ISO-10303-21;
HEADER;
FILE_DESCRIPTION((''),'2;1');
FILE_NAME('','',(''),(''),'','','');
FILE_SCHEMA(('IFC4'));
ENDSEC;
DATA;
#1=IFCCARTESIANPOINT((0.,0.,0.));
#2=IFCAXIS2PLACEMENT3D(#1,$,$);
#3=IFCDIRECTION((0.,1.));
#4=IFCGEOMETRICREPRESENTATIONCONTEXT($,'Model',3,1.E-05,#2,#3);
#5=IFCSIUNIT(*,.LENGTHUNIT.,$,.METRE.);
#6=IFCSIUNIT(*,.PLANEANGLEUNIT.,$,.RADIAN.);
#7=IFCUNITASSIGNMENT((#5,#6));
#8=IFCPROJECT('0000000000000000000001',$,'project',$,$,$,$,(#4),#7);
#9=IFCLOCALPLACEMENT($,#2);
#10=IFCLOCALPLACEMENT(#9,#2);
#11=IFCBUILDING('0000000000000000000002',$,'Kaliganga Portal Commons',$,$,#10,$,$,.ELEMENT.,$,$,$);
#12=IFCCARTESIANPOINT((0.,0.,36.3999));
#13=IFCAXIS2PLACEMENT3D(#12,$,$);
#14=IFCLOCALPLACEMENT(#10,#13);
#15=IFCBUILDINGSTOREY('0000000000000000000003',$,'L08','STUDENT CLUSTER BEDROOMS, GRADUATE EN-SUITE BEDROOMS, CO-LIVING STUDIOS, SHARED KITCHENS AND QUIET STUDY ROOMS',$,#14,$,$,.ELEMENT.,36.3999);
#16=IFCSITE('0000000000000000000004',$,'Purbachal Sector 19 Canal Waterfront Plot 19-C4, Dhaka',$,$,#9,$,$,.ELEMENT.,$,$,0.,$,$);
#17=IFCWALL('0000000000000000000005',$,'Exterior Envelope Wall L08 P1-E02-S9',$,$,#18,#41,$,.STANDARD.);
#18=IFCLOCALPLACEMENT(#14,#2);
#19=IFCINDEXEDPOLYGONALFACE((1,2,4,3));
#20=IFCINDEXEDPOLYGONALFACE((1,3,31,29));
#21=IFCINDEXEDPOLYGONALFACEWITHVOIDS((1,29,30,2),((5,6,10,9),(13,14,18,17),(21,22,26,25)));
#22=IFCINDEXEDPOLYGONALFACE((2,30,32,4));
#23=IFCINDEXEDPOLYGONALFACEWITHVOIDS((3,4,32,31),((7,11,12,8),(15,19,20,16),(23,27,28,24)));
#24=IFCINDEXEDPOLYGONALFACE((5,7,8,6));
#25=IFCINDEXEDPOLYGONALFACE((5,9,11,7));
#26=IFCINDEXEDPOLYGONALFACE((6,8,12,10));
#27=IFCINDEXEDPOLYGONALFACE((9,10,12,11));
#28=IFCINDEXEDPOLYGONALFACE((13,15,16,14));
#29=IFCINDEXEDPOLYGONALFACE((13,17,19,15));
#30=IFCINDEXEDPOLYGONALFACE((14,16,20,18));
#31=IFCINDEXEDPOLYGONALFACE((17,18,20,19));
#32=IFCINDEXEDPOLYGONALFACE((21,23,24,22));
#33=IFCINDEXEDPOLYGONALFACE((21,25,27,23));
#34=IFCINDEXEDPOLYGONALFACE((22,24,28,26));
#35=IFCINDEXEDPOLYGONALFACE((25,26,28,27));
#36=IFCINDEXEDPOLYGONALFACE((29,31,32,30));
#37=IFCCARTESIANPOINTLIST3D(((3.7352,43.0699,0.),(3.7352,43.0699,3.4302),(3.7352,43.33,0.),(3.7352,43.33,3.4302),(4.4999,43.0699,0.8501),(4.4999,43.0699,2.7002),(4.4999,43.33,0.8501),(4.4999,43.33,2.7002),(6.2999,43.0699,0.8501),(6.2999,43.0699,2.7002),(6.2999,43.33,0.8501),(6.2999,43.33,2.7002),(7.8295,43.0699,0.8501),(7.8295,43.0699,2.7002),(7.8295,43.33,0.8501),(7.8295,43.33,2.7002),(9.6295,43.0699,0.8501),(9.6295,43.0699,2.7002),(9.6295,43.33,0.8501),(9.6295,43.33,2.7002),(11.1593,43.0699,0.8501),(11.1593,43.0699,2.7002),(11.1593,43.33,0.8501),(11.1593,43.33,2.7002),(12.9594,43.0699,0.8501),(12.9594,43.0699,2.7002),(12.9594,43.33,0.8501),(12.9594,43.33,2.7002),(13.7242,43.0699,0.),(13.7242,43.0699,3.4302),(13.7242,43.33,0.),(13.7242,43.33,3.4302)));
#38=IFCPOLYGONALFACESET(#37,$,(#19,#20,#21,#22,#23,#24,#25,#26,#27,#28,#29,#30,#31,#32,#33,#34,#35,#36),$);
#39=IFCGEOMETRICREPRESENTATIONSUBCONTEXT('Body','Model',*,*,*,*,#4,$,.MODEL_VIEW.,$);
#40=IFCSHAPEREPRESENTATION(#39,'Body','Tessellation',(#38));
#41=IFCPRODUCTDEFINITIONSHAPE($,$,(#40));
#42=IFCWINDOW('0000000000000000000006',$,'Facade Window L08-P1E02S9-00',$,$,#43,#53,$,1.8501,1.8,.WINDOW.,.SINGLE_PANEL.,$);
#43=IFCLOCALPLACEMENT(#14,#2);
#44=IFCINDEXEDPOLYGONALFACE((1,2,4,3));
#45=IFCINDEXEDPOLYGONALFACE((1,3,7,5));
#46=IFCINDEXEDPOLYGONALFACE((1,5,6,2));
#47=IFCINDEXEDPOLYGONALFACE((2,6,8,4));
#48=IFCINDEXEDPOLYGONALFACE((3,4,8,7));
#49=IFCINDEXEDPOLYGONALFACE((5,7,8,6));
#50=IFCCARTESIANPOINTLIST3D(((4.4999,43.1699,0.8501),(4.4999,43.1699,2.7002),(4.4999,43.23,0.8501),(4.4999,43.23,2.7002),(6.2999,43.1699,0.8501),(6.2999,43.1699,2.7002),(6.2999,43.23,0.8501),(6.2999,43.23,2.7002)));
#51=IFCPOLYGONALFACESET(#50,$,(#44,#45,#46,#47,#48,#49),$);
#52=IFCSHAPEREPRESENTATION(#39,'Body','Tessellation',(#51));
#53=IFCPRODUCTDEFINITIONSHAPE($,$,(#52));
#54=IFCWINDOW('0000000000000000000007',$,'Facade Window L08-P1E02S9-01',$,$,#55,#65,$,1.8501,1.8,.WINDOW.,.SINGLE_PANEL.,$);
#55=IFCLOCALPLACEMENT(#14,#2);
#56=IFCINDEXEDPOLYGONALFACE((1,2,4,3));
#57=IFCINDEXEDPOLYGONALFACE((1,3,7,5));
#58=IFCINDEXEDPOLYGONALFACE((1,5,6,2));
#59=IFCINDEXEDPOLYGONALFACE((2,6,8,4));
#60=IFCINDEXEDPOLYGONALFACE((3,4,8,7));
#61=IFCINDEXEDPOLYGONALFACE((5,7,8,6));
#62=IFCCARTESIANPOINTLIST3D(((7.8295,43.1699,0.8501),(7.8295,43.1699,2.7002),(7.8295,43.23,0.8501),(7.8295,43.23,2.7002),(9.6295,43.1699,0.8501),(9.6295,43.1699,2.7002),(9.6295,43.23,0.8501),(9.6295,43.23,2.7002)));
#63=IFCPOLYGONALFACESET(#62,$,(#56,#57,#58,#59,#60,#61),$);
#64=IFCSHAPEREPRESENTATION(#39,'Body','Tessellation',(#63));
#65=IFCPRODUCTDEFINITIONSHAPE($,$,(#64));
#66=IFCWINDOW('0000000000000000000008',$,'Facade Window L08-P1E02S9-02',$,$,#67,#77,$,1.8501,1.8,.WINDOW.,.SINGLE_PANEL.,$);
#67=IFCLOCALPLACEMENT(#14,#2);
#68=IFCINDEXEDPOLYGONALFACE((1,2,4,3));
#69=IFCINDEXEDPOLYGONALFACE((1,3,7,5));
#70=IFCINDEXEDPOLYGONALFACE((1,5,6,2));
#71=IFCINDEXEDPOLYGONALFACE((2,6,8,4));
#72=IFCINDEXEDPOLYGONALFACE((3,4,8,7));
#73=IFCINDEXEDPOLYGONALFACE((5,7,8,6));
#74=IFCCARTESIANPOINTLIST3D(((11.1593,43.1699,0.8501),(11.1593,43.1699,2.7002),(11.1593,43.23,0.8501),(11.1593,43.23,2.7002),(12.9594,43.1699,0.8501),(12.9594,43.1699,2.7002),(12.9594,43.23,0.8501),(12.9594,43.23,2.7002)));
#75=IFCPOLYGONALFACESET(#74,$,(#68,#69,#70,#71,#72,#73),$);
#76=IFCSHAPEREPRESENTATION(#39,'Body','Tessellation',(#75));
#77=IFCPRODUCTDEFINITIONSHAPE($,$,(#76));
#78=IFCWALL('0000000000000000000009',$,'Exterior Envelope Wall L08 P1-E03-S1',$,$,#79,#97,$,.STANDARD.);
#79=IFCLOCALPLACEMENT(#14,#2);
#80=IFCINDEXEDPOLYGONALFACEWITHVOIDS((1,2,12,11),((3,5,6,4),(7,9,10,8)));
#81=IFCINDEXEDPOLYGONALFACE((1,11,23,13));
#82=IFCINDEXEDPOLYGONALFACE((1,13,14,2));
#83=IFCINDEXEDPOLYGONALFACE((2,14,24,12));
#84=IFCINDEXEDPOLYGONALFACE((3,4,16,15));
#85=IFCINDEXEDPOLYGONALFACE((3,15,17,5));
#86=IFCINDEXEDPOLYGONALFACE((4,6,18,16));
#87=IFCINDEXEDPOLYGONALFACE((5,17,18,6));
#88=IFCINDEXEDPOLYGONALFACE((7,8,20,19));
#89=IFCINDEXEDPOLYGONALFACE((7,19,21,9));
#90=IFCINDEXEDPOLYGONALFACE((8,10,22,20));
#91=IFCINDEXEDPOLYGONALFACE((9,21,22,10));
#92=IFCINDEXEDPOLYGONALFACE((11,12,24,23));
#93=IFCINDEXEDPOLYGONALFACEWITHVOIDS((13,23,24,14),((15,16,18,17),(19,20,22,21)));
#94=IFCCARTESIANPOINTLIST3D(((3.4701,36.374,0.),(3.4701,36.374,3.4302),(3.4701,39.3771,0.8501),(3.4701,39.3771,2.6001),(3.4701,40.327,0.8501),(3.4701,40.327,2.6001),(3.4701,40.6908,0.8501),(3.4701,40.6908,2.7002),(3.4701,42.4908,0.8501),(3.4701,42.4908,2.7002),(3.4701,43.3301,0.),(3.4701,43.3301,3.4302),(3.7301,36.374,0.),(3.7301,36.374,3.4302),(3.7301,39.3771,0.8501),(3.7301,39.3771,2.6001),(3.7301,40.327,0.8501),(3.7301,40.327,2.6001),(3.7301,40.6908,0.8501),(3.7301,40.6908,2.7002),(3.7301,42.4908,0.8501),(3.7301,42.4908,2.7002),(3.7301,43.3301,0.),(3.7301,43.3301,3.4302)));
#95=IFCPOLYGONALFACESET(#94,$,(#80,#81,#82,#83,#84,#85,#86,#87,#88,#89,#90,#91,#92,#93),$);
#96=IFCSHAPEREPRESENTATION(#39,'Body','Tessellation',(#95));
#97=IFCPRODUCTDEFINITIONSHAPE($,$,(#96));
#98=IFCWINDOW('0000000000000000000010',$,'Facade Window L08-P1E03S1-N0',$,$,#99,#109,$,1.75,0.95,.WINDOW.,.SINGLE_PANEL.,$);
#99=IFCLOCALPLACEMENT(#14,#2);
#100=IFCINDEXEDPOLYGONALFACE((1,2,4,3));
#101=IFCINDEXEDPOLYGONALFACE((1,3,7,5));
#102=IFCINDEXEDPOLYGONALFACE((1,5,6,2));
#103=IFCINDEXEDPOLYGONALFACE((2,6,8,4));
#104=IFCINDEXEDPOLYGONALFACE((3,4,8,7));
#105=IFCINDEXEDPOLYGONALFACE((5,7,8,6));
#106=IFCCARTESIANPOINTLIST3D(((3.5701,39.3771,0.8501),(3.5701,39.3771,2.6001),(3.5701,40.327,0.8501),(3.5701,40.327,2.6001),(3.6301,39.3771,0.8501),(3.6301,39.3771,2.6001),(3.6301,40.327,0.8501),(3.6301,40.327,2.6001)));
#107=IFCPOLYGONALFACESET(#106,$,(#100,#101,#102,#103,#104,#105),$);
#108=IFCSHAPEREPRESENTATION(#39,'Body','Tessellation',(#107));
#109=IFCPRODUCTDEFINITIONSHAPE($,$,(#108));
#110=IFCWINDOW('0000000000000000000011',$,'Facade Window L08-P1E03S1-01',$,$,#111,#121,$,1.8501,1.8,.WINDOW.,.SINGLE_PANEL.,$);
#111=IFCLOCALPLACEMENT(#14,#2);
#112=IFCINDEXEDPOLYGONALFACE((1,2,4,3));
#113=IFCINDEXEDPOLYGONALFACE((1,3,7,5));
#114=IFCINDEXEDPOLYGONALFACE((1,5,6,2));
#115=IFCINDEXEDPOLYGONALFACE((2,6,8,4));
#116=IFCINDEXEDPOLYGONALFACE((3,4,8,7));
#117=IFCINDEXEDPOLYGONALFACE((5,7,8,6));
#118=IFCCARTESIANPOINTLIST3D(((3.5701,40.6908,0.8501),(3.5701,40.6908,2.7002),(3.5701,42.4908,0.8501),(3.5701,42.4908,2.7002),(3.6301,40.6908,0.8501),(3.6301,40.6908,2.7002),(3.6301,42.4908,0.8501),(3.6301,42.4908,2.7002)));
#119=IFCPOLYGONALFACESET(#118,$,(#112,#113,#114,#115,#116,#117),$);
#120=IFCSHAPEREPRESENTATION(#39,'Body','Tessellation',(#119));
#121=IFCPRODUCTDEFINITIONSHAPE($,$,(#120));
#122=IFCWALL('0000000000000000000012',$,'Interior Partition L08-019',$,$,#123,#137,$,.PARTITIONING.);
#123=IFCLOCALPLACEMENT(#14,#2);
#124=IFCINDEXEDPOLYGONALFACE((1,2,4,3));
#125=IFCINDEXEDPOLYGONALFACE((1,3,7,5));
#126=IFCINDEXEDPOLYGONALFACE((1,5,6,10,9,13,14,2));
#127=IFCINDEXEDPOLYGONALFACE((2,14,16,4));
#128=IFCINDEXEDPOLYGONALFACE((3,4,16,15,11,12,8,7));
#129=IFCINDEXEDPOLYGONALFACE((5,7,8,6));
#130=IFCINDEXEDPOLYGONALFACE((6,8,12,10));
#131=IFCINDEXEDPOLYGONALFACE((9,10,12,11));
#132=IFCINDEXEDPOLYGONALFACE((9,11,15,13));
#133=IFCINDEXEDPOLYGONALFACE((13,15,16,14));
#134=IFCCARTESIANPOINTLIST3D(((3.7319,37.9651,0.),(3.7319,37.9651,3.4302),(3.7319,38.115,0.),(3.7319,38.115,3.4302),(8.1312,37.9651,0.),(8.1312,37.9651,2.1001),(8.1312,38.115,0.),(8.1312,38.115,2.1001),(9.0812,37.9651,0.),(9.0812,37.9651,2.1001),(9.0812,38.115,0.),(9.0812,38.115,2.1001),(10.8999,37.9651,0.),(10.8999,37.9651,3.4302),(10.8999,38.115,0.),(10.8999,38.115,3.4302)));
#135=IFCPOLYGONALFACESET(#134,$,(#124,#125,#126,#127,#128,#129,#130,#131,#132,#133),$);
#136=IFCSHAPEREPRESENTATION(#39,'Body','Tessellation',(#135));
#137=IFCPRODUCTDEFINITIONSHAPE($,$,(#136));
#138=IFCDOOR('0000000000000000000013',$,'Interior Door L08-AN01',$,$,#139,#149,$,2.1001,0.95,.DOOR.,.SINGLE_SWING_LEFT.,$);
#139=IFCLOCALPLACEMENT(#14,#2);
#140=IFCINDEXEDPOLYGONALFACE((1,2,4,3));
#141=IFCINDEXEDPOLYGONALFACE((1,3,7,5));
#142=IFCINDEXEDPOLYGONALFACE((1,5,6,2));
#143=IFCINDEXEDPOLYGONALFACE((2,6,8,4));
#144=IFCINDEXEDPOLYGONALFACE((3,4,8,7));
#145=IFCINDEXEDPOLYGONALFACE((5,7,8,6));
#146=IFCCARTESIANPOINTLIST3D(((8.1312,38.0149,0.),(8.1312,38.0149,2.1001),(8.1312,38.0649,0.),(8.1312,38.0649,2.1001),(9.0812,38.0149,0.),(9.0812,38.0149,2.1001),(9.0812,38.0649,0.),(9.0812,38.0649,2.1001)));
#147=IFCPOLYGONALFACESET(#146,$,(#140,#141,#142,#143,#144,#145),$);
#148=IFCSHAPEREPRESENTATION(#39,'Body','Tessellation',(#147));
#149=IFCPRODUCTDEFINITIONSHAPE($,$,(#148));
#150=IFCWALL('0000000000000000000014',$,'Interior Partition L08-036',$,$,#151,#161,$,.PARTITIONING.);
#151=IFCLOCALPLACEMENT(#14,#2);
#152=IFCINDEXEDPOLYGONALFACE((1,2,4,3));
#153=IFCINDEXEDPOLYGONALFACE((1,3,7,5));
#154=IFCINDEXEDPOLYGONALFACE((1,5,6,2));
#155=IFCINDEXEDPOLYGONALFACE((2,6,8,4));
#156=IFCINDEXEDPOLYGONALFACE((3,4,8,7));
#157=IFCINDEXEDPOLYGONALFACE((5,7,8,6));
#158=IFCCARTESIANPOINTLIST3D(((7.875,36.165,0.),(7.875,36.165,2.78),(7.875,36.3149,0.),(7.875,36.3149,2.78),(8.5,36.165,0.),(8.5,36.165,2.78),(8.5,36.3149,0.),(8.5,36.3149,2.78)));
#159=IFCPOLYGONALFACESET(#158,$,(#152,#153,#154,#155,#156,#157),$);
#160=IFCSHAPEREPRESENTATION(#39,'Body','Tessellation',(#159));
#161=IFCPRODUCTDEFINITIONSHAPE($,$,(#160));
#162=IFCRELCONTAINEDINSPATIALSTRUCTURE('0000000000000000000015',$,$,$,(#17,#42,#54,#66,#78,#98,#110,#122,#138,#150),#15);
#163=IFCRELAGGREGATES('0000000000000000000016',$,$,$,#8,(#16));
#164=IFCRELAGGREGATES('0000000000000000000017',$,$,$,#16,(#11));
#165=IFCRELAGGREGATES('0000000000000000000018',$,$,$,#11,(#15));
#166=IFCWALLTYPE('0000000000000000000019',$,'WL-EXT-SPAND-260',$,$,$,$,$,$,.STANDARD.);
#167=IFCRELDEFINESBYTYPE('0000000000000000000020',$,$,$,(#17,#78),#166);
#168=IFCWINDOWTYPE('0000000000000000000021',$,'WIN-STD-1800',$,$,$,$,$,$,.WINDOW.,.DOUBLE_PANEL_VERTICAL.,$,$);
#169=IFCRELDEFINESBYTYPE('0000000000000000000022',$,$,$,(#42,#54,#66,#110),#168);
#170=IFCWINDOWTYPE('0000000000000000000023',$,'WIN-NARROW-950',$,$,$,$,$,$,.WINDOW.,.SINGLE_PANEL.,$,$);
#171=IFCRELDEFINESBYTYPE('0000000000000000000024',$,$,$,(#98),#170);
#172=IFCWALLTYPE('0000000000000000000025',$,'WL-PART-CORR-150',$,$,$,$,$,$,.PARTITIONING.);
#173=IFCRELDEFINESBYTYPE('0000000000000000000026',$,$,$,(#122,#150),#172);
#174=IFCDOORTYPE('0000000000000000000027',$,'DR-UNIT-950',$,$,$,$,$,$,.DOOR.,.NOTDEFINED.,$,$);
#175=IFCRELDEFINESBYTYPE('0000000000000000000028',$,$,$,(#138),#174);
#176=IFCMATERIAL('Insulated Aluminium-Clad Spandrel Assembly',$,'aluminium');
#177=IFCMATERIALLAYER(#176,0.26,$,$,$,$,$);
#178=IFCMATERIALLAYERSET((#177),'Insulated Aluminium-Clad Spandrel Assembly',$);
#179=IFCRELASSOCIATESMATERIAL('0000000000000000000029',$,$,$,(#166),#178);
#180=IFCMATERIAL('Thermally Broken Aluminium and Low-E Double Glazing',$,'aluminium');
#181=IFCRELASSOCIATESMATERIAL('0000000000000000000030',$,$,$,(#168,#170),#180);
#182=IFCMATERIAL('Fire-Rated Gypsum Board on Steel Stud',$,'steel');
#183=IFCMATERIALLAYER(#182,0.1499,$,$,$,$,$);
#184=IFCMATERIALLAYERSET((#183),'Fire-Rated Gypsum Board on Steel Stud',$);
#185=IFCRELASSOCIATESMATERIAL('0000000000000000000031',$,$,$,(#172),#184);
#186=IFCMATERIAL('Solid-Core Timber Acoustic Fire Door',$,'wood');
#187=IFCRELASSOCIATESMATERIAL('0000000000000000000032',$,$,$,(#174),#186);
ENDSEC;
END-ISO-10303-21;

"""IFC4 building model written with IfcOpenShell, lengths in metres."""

from ifc_helpers import new_model, si_unit, direction, frame, frame_2d, origin, place, context, subcontext, project, spatial, rectangle, extrude, material, layer, layer_set, type_object, element, fill, save


model = new_model("IFC4")

# Units and contexts
model_context = context("Model", 3, precision=1e-05, world=origin(), true_north=direction((0.0, 1.0)))
body_context = subcontext(model_context, "Body", "Model", "MODEL_VIEW")
ifc_project = project(units=[si_unit("LENGTHUNIT", "METRE"), si_unit("PLANEANGLEUNIT", "RADIAN")], contexts=[model_context])

# Site, building, storey
site_placement = place(None, origin())
site = spatial("IfcSite", under=ifc_project, at=site_placement, Name="Purbachal Sector 19 Canal Waterfront Plot 19-C4, Dhaka", CompositionType="ELEMENT", RefElevation=0.0)
building_placement = place(site_placement, origin())
building = spatial("IfcBuilding", under=site, at=building_placement, Name="Kaliganga Portal Commons", CompositionType="ELEMENT")
storey_placement = place(building_placement, frame((0.0, 0.0, 36.3999)))
storey = spatial("IfcBuildingStorey", under=building, at=storey_placement, Name="L08", Description="STUDENT CLUSTER BEDROOMS, GRADUATE EN-SUITE BEDROOMS, CO-LIVING STUDIOS, SHARED KITCHENS AND QUIET STUDY ROOMS", CompositionType="ELEMENT", Elevation=36.3999)

# Walls, openings, windows
ifc_material_1 = material(Name="Insulated Aluminium-Clad Spandrel Assembly", Category="aluminium")
ifc_layer_1 = layer(ifc_material_1, 0.26)
ifc_layer_set_1 = layer_set([ifc_layer_1], Name="Insulated Aluminium-Clad Spandrel Assembly")
wall_type_1 = type_object("IfcWallType", Name="WL-EXT-SPAND-260", PredefinedType="STANDARD", material=ifc_layer_set_1)
wall_1_placement = place(storey_placement, frame((3.7351, 43.2, 0.0), z_axis=(0.0, 0.0, 1.0), x_axis=(1.0, 0.0, 0.0)))
wall_1 = element("IfcWall", 1, at=wall_1_placement, inside=storey, type_object=wall_type_1, Name="Exterior Envelope Wall L08 P1-E02-S9", PredefinedType="STANDARD", context=body_context, shape_type="SweptSolid", body=[
    extrude(rectangle(XDim=9.989, YDim=0.26, at=frame_2d((4.9946, 0.0))), origin(), (0.0, 0.0, 1.0), 3.4302),
])
opening_1_placement = place(wall_1_placement, frame((0.7649, 0.0, 0.8501)))
opening_1 = element("IfcOpeningElement", 2, at=opening_1_placement, cuts=wall_1, PredefinedType="OPENING", context=body_context, shape_type="SweptSolid", body=[
    extrude(rectangle(XDim=1.8, YDim=1.8501, at=frame_2d((0.8999, 0.925))), frame((0.0, 0.1401, 0.0), z_axis=(0.0, -1.0, 0.0), x_axis=(1.0, 0.0, 0.0)), (0.0, 0.0, 1.0), 0.28),
])
opening_2_placement = place(wall_1_placement, frame((4.0945, 0.0, 0.8501)))
opening_2 = element("IfcOpeningElement", 3, at=opening_2_placement, cuts=wall_1, PredefinedType="OPENING", context=body_context, shape_type="SweptSolid", body=[
    extrude(rectangle(XDim=1.8, YDim=1.8501, at=frame_2d((0.8999, 0.925))), frame((0.0, 0.1401, 0.0), z_axis=(0.0, -1.0, 0.0), x_axis=(1.0, 0.0, 0.0)), (0.0, 0.0, 1.0), 0.28),
])
opening_3_placement = place(wall_1_placement, frame((7.4243, 0.0, 0.8501)))
opening_3 = element("IfcOpeningElement", 4, at=opening_3_placement, cuts=wall_1, PredefinedType="OPENING", context=body_context, shape_type="SweptSolid", body=[
    extrude(rectangle(XDim=1.8, YDim=1.8501, at=frame_2d((0.8999, 0.925))), frame((0.0, 0.1401, 0.0), z_axis=(0.0, -1.0, 0.0), x_axis=(1.0, 0.0, 0.0)), (0.0, 0.0, 1.0), 0.28),
])
ifc_material_2 = material(Name="Thermally Broken Aluminium and Low-E Double Glazing", Category="aluminium")
window_type_1 = type_object("IfcWindowType", Name="WIN-STD-1800", PartitioningType="DOUBLE_PANEL_VERTICAL", PredefinedType="WINDOW", material=ifc_material_2)
window_1_placement = place(opening_1_placement, origin())
window_1 = element("IfcWindow", 5, at=window_1_placement, inside=storey, type_object=window_type_1, Name="Facade Window L08-P1E02S9-00", OverallHeight=1.8501, OverallWidth=1.8, PartitioningType="SINGLE_PANEL", PredefinedType="WINDOW", context=body_context, shape_type="SweptSolid", body=[
    extrude(rectangle(XDim=1.8, YDim=1.8501, at=frame_2d((0.8999, 0.925))), frame((0.0, 0.03, 0.0), z_axis=(0.0, -1.0, 0.0), x_axis=(1.0, 0.0, 0.0)), (0.0, 0.0, 1.0), 0.0601),
])
fill(opening_1, window_1)
window_2_placement = place(opening_2_placement, origin())
window_2 = element("IfcWindow", 6, at=window_2_placement, inside=storey, type_object=window_type_1, Name="Facade Window L08-P1E02S9-01", OverallHeight=1.8501, OverallWidth=1.8, PartitioningType="SINGLE_PANEL", PredefinedType="WINDOW", context=body_context, shape_type="SweptSolid", body=[
    extrude(rectangle(XDim=1.8, YDim=1.8501, at=frame_2d((0.8999, 0.925))), frame((0.0, 0.03, 0.0), z_axis=(0.0, -1.0, 0.0), x_axis=(1.0, 0.0, 0.0)), (0.0, 0.0, 1.0), 0.0601),
])
fill(opening_2, window_2)
window_3_placement = place(opening_3_placement, origin())
window_3 = element("IfcWindow", 7, at=window_3_placement, inside=storey, type_object=window_type_1, Name="Facade Window L08-P1E02S9-02", OverallHeight=1.8501, OverallWidth=1.8, PartitioningType="SINGLE_PANEL", PredefinedType="WINDOW", context=body_context, shape_type="SweptSolid", body=[
    extrude(rectangle(XDim=1.8, YDim=1.8501, at=frame_2d((0.8999, 0.925))), frame((0.0, 0.03, 0.0), z_axis=(0.0, -1.0, 0.0), x_axis=(1.0, 0.0, 0.0)), (0.0, 0.0, 1.0), 0.0601),
])
fill(opening_3, window_3)
wall_2_placement = place(storey_placement, frame((3.6001, 36.374, 0.0), z_axis=(0.0, 0.0, 1.0), x_axis=(0.0, 1.0, 0.0)))
wall_2 = element("IfcWall", 8, at=wall_2_placement, inside=storey, type_object=wall_type_1, Name="Exterior Envelope Wall L08 P1-E03-S1", PredefinedType="STANDARD", context=body_context, shape_type="SweptSolid", body=[
    extrude(rectangle(XDim=6.9561, YDim=0.26, at=frame_2d((3.478, 0.0))), origin(), (0.0, 0.0, 1.0), 3.4302),
])
opening_4_placement = place(wall_2_placement, frame((4.3169, 0.0, 0.8501)))
opening_4 = element("IfcOpeningElement", 9, at=opening_4_placement, cuts=wall_2, PredefinedType="OPENING", context=body_context, shape_type="SweptSolid", body=[
    extrude(rectangle(XDim=1.8, YDim=1.8501, at=frame_2d((0.8999, 0.925))), frame((0.0, 0.1401, 0.0), z_axis=(0.0, -1.0, 0.0), x_axis=(1.0, 0.0, 0.0)), (0.0, 0.0, 1.0), 0.28),
])
opening_5_placement = place(wall_2_placement, frame((3.0029, 0.0, 0.8501)))
opening_5 = element("IfcOpeningElement", 10, at=opening_5_placement, cuts=wall_2, PredefinedType="OPENING", context=body_context, shape_type="SweptSolid", body=[
    extrude(rectangle(XDim=0.95, YDim=1.75, at=frame_2d((0.4751, 0.875))), frame((0.0, 0.1401, 0.0), z_axis=(0.0, -1.0, 0.0), x_axis=(1.0, 0.0, 0.0)), (0.0, 0.0, 1.0), 0.28),
])
window_type_2 = type_object("IfcWindowType", Name="WIN-NARROW-950", PartitioningType="SINGLE_PANEL", PredefinedType="WINDOW", material=ifc_material_2)
window_4_placement = place(opening_5_placement, origin())
window_4 = element("IfcWindow", 11, at=window_4_placement, inside=storey, type_object=window_type_2, Name="Facade Window L08-P1E03S1-N0", OverallHeight=1.75, OverallWidth=0.95, PartitioningType="SINGLE_PANEL", PredefinedType="WINDOW", context=body_context, shape_type="SweptSolid", body=[
    extrude(rectangle(XDim=0.95, YDim=1.75, at=frame_2d((0.4751, 0.875))), frame((0.0, 0.03, 0.0), z_axis=(0.0, -1.0, 0.0), x_axis=(1.0, 0.0, 0.0)), (0.0, 0.0, 1.0), 0.0601),
])
fill(opening_5, window_4)
window_5_placement = place(opening_4_placement, origin())
window_5 = element("IfcWindow", 12, at=window_5_placement, inside=storey, type_object=window_type_1, Name="Facade Window L08-P1E03S1-01", OverallHeight=1.8501, OverallWidth=1.8, PartitioningType="SINGLE_PANEL", PredefinedType="WINDOW", context=body_context, shape_type="SweptSolid", body=[
    extrude(rectangle(XDim=1.8, YDim=1.8501, at=frame_2d((0.8999, 0.925))), frame((0.0, 0.03, 0.0), z_axis=(0.0, -1.0, 0.0), x_axis=(1.0, 0.0, 0.0)), (0.0, 0.0, 1.0), 0.0601),
])
fill(opening_4, window_5)

# Wall, opening, door
ifc_material_3 = material(Name="Fire-Rated Gypsum Board on Steel Stud", Category="steel")
ifc_layer_2 = layer(ifc_material_3, 0.1499)
ifc_layer_set_2 = layer_set([ifc_layer_2], Name="Fire-Rated Gypsum Board on Steel Stud")
wall_type_2 = type_object("IfcWallType", Name="WL-PART-CORR-150", PredefinedType="PARTITIONING", material=ifc_layer_set_2)
wall_3_placement = place(storey_placement, frame((3.7319, 38.04, 0.0), z_axis=(0.0, 0.0, 1.0), x_axis=(1.0, 0.0, 0.0)))
wall_3 = element("IfcWall", 13, at=wall_3_placement, inside=storey, type_object=wall_type_2, Name="Interior Partition L08-019", PredefinedType="PARTITIONING", context=body_context, shape_type="SweptSolid", body=[
    extrude(rectangle(XDim=7.168, YDim=0.1499, at=frame_2d((3.584, 0.0))), origin(), (0.0, 0.0, 1.0), 3.4302),
])
opening_6_placement = place(wall_3_placement, frame((4.3992, 0.0, 0.0)))
opening_6 = element("IfcOpeningElement", 14, at=opening_6_placement, cuts=wall_3, PredefinedType="OPENING", context=body_context, shape_type="SweptSolid", body=[
    extrude(rectangle(XDim=0.95, YDim=2.1001, at=frame_2d((0.4751, 1.05))), frame((0.0, 0.085, 0.0), z_axis=(0.0, -1.0, 0.0), x_axis=(1.0, 0.0, 0.0)), (0.0, 0.0, 1.0), 0.1699),
])
ifc_material_4 = material(Name="Solid-Core Timber Acoustic Fire Door", Category="wood")
door_type_1 = type_object("IfcDoorType", Name="DR-UNIT-950", OperationType="NOTDEFINED", PredefinedType="DOOR", material=ifc_material_4)
door_1_placement = place(opening_6_placement, origin())
door_1 = element("IfcDoor", 15, at=door_1_placement, inside=storey, type_object=door_type_1, Name="Interior Door L08-AN01", OperationType="SINGLE_SWING_LEFT", OverallHeight=2.1001, OverallWidth=0.95, PredefinedType="DOOR", context=body_context, shape_type="SweptSolid", body=[
    extrude(rectangle(XDim=0.95, YDim=2.1001, at=frame_2d((0.4751, 1.05))), frame((0.0, 0.0249, 0.0), z_axis=(0.0, -1.0, 0.0), x_axis=(1.0, 0.0, 0.0)), (0.0, 0.0, 1.0), 0.05),
])
fill(opening_6, door_1)

# Wall
wall_4_placement = place(storey_placement, frame((7.875, 36.24, 0.0), z_axis=(0.0, 0.0, 1.0), x_axis=(1.0, 0.0, 0.0)))
element("IfcWall", 16, at=wall_4_placement, inside=storey, type_object=wall_type_2, Name="Interior Partition L08-036", PredefinedType="PARTITIONING", context=body_context, shape_type="SweptSolid", body=[
    extrude(rectangle(XDim=0.625, YDim=0.1499, at=frame_2d((0.3125, 0.0))), origin(), (0.0, 0.0, 1.0), 2.78),
])

save(model, "model.ifc")
